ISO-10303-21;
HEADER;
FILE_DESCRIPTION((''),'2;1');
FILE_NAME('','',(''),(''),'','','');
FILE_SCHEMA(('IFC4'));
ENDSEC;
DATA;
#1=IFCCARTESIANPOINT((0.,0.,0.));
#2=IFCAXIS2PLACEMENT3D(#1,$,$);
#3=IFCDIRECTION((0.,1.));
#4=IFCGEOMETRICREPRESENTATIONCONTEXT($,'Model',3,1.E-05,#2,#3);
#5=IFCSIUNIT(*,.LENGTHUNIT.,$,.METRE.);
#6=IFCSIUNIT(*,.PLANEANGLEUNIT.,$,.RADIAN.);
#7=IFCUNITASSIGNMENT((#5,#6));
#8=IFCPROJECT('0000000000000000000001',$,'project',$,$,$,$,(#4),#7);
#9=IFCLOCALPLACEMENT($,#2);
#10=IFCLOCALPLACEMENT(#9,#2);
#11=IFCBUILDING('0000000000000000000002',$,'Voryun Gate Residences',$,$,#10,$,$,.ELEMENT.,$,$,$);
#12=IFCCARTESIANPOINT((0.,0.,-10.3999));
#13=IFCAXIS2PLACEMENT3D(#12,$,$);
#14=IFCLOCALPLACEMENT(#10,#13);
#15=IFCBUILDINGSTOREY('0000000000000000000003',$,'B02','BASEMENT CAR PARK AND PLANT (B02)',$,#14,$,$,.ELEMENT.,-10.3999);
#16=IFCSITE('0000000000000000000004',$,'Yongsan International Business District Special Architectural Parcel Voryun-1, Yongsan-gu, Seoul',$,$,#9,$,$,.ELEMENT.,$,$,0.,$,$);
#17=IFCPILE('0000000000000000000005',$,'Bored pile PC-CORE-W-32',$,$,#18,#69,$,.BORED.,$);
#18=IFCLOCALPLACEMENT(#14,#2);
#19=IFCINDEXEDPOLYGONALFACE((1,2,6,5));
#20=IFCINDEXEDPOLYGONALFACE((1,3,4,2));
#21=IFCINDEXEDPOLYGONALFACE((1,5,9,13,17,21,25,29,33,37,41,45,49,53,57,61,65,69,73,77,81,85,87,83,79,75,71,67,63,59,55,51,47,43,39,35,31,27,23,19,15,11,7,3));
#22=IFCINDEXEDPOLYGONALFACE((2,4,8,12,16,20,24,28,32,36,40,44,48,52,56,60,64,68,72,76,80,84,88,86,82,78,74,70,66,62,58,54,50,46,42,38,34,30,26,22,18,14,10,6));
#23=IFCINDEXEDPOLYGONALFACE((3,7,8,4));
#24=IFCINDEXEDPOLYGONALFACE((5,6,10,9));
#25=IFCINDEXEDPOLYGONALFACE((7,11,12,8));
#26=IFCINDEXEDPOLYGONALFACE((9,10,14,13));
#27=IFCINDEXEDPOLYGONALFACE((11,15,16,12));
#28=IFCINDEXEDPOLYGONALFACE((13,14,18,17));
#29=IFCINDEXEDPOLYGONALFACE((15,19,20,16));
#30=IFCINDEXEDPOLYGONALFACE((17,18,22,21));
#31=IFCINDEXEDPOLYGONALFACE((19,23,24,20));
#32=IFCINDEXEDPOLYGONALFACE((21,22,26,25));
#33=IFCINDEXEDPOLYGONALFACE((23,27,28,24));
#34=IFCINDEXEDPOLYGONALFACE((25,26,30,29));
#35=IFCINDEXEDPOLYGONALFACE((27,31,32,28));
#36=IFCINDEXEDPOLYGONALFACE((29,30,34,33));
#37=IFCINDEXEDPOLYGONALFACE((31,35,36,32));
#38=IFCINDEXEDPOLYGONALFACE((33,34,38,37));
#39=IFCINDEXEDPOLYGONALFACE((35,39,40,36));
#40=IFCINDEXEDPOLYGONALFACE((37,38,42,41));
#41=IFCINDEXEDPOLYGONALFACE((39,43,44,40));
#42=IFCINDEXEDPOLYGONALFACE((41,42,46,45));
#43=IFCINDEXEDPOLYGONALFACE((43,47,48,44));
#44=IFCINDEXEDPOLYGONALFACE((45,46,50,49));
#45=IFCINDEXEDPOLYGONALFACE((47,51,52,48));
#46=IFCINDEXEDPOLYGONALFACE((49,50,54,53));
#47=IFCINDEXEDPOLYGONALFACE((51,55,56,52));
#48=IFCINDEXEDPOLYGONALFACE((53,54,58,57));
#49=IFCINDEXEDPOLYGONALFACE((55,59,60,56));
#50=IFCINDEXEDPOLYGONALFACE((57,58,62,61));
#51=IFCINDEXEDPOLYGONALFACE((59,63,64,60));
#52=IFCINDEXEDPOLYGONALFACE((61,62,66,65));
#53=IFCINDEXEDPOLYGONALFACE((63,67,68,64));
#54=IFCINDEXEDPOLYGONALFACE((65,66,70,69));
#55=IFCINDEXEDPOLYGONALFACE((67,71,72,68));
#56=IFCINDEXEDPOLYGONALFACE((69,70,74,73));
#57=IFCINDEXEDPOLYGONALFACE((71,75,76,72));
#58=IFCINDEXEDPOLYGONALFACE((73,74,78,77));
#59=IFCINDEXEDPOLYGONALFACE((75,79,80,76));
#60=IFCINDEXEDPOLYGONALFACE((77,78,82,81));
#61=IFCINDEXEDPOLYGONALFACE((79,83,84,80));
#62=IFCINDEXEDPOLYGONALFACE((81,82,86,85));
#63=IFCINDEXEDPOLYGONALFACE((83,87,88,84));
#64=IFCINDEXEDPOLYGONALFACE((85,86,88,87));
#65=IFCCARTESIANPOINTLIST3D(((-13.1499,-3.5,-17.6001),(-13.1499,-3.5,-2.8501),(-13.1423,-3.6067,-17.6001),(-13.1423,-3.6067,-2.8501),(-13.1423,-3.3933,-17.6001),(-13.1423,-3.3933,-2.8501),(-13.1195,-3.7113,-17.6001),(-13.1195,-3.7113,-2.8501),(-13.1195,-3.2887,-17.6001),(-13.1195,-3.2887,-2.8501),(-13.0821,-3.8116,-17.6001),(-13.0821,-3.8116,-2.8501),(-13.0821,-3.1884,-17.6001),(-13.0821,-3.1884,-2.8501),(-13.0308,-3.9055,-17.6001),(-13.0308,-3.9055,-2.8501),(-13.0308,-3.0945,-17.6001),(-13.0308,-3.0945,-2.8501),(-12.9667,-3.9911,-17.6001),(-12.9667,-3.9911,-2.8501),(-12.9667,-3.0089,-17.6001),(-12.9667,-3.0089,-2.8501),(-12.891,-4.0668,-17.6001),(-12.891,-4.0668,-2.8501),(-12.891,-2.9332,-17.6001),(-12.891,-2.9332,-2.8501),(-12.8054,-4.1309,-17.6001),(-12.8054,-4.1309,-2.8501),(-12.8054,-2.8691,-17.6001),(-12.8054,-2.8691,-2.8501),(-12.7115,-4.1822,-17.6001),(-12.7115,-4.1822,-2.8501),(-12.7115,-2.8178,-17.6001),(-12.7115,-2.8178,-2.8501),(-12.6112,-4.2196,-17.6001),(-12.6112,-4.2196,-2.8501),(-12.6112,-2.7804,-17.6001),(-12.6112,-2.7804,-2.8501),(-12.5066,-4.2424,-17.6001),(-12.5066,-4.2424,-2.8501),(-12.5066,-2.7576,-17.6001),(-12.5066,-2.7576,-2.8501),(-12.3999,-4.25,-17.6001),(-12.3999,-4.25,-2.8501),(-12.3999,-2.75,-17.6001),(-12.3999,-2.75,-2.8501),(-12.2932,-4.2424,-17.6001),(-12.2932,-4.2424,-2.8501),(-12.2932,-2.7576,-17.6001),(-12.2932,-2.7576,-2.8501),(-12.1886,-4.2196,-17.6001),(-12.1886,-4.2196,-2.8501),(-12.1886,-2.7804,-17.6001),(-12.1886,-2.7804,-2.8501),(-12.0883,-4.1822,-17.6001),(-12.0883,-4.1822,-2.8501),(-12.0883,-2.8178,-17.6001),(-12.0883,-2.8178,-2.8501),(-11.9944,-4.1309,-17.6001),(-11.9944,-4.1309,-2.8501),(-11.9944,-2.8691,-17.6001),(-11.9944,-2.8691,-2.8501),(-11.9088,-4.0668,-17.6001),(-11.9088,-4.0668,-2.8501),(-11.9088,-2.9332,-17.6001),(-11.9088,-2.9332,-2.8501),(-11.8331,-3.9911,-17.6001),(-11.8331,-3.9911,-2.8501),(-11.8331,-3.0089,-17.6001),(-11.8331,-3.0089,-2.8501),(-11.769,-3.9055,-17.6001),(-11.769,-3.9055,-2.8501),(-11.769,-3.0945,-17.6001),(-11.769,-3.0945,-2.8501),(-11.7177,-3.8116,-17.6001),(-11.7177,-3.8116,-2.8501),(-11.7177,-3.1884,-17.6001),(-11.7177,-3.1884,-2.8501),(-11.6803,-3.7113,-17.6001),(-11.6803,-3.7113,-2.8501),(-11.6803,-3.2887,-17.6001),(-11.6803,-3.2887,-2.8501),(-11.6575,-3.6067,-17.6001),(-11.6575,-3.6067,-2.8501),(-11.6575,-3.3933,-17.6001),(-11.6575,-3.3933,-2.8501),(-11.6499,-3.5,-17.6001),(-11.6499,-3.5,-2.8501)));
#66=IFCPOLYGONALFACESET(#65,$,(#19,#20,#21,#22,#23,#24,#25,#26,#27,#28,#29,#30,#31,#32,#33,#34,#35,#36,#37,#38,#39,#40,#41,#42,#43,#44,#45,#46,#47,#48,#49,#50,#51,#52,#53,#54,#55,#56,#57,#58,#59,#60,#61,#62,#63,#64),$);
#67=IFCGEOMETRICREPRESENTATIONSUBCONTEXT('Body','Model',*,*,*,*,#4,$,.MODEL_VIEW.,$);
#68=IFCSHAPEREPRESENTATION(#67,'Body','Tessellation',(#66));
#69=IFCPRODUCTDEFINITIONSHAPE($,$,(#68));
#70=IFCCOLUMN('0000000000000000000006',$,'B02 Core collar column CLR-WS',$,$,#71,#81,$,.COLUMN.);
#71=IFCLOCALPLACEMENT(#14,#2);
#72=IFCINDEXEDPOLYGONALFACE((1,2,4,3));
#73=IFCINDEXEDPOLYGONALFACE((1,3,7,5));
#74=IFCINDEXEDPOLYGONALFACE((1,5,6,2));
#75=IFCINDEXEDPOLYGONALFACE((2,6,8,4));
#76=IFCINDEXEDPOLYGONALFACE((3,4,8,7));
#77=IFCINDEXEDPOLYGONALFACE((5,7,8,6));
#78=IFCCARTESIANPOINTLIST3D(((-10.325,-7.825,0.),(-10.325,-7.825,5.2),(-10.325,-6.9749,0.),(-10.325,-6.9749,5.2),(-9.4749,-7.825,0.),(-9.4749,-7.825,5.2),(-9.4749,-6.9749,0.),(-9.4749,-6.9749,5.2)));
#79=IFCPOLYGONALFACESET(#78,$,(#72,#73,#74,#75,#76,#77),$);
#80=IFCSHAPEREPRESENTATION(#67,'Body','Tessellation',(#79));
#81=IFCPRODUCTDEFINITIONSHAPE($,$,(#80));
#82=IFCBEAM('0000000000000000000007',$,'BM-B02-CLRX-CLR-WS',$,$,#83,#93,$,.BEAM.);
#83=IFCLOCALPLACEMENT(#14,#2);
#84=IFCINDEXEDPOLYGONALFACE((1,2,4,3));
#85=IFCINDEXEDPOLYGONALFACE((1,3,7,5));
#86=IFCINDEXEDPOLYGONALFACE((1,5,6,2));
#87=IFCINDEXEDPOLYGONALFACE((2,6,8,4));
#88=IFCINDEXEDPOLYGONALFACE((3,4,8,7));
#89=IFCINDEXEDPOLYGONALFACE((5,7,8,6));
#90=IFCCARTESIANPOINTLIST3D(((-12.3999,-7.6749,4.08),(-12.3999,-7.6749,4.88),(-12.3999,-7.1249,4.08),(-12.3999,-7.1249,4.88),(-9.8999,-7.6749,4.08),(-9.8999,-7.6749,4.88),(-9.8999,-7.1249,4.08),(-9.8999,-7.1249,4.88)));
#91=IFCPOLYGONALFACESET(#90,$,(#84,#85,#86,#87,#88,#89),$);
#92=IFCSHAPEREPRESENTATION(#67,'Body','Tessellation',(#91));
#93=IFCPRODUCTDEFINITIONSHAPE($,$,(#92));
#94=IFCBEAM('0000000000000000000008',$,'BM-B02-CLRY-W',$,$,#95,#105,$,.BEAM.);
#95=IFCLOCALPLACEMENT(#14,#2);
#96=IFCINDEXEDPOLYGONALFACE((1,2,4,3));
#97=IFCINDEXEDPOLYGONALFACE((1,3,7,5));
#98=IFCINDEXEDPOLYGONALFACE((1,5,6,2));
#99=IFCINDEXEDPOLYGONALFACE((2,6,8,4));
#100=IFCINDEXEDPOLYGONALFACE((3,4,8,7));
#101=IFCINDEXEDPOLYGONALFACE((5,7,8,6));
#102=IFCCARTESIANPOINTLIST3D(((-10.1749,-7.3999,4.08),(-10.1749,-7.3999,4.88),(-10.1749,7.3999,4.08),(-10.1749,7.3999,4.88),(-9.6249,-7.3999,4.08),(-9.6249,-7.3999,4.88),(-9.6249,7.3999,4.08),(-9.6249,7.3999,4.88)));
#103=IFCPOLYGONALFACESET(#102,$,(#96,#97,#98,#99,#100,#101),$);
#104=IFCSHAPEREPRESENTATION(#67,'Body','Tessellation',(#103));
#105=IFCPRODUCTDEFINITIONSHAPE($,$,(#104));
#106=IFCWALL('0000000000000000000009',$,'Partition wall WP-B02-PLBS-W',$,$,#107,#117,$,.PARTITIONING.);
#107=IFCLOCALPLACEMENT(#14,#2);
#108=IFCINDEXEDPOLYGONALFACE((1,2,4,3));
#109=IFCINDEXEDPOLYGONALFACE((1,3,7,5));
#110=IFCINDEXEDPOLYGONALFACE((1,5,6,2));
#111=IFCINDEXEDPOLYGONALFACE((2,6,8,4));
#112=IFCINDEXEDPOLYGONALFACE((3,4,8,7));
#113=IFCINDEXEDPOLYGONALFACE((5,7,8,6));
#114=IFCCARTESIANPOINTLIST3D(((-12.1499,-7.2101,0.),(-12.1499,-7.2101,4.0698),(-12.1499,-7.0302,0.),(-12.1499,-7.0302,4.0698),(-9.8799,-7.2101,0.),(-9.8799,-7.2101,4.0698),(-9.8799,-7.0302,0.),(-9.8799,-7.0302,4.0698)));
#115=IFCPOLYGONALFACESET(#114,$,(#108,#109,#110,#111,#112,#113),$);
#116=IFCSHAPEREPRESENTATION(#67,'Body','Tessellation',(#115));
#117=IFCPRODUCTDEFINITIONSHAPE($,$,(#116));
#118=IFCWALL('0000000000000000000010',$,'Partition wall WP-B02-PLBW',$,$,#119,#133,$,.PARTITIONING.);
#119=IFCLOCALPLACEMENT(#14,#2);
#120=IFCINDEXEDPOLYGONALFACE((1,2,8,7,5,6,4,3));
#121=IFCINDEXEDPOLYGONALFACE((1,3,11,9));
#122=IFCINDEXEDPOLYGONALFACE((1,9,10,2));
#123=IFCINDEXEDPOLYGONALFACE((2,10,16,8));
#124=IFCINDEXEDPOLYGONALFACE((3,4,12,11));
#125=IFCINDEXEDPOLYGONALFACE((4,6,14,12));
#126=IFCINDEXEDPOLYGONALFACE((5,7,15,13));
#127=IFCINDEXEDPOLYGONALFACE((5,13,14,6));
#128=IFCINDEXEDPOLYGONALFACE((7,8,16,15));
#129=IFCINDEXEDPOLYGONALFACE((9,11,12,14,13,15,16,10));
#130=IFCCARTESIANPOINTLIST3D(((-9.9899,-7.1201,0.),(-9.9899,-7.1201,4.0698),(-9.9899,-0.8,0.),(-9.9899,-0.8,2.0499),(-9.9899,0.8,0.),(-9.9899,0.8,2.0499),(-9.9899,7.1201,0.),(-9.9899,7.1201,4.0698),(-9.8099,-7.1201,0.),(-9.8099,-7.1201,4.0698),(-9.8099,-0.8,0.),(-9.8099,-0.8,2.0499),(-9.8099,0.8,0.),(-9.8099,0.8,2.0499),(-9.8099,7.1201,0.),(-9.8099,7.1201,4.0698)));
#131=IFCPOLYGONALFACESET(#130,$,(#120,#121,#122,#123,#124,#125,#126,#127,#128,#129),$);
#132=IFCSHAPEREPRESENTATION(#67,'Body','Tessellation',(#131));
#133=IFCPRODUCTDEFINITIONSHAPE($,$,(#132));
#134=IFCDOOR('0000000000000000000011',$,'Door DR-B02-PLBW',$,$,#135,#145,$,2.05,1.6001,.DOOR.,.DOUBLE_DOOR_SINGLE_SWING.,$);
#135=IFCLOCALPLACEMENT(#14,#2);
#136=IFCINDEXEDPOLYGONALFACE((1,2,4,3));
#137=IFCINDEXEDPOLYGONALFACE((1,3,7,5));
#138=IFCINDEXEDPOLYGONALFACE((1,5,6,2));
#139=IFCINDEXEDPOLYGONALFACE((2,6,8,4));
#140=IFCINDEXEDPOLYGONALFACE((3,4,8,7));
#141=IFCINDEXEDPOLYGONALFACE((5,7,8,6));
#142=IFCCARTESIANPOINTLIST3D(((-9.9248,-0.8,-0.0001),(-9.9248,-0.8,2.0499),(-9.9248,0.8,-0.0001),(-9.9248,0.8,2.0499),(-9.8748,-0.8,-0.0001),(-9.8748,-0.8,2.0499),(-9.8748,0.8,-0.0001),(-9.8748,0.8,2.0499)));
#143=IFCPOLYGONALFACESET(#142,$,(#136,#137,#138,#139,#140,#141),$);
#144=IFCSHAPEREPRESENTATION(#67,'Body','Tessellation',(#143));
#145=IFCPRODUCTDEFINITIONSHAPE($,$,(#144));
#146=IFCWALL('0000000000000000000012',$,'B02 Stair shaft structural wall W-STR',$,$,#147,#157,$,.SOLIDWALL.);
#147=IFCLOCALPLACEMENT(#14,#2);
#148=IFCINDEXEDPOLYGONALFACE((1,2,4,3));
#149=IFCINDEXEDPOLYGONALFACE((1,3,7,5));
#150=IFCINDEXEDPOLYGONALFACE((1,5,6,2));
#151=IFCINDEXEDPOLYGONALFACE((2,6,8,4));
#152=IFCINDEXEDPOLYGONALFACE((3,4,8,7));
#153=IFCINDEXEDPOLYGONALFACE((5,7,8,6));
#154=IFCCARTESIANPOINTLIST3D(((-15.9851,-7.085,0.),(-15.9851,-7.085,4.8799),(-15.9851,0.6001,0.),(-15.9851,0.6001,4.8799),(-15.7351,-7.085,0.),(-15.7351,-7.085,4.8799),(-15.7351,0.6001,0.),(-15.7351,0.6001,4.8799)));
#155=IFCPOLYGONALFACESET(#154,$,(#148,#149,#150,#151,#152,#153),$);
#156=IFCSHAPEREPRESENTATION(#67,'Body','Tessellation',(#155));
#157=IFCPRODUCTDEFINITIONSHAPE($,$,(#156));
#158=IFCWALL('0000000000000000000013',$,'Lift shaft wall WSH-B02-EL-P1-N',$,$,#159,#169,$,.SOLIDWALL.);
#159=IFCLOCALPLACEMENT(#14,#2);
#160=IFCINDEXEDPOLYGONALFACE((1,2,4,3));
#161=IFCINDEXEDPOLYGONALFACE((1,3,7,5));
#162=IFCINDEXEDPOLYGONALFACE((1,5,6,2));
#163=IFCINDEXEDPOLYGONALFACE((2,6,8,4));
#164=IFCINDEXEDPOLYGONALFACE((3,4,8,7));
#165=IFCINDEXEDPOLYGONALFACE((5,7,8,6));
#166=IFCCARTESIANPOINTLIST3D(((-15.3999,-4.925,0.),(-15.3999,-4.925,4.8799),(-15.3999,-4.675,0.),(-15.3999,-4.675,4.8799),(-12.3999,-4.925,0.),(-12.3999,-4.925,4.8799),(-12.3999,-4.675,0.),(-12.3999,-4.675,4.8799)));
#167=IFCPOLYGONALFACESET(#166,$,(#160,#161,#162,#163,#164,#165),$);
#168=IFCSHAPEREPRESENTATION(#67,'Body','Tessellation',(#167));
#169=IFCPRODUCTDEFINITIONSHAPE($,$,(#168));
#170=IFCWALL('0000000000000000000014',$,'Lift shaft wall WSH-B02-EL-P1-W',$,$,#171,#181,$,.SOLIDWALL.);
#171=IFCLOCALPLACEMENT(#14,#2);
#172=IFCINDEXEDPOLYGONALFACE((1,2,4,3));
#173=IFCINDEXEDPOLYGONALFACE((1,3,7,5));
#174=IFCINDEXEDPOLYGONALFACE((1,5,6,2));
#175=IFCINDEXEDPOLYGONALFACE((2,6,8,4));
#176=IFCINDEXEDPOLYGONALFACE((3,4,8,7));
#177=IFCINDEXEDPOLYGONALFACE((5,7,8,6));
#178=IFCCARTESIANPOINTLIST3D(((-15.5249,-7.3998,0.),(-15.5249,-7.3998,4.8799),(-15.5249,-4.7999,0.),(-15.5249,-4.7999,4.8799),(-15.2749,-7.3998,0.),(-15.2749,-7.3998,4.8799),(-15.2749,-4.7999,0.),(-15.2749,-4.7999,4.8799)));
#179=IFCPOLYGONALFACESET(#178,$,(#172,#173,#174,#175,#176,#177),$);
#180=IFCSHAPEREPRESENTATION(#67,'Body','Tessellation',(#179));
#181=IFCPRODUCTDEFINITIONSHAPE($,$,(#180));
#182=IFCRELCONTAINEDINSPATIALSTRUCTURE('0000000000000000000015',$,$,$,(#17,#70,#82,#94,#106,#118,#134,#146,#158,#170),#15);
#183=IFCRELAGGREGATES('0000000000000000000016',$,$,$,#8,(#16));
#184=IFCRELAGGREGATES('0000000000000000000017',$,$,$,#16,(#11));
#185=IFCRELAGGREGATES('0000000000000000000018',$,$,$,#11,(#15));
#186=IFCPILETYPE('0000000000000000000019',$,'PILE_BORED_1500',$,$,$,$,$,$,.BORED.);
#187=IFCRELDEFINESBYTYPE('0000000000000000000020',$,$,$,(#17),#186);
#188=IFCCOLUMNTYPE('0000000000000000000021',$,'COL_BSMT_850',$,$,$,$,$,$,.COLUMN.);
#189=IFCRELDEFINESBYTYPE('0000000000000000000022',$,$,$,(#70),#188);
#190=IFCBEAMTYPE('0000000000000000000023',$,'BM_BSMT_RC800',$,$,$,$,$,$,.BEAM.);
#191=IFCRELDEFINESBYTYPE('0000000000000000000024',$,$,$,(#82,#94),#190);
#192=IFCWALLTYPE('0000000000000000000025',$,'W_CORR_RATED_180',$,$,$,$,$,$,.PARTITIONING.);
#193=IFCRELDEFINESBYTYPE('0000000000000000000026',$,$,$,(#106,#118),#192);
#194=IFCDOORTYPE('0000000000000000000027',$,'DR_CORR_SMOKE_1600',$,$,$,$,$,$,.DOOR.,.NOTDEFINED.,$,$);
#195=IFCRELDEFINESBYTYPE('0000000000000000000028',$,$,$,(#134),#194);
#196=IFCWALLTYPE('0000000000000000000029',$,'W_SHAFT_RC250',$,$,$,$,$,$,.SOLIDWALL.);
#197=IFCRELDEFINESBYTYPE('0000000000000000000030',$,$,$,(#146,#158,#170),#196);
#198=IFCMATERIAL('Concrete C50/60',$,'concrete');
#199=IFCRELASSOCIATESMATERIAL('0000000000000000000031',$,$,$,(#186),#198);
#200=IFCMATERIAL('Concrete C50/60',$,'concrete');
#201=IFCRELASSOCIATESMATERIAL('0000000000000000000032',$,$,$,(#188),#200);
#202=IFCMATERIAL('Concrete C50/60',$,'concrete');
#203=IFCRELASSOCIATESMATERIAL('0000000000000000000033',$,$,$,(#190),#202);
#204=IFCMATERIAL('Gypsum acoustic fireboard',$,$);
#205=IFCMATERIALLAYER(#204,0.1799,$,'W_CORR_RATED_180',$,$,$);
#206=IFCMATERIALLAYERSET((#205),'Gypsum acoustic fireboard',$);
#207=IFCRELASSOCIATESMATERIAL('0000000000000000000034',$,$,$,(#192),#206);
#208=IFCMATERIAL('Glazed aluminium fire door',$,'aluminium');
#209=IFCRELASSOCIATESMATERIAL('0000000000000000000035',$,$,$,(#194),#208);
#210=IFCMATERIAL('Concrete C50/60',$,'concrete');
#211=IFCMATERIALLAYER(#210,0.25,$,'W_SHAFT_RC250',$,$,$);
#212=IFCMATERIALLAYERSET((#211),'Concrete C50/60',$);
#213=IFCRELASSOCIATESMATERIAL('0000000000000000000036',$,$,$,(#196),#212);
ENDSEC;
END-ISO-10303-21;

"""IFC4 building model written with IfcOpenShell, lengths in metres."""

from ifc_helpers import new_model, si_unit, direction, frame, frame_2d, origin, origin_2d, place, context, subcontext, project, spatial, rectangle, circle, extrude, material, layer, layer_set, material_profile, profile_set, type_object, element, fill, save


model = new_model("IFC4")

# Units and contexts
model_context = context("Model", 3, precision=1e-05, world=origin(), true_north=direction((0.0, 1.0)))
body_context = subcontext(model_context, "Body", "Model", "MODEL_VIEW")
ifc_project = project(units=[si_unit("LENGTHUNIT", "METRE"), si_unit("PLANEANGLEUNIT", "RADIAN")], contexts=[model_context])

# Site, building, storey
site_placement = place(None, origin())
site = spatial("IfcSite", under=ifc_project, at=site_placement, Name="Yongsan International Business District Special Architectural Parcel Voryun-1, Yongsan-gu, Seoul", CompositionType="ELEMENT", RefElevation=0.0)
building_placement = place(site_placement, origin())
building = spatial("IfcBuilding", under=site, at=building_placement, Name="Voryun Gate Residences", CompositionType="ELEMENT")
storey_placement = place(building_placement, frame((0.0, 0.0, -10.3999)))
storey = spatial("IfcBuildingStorey", under=building, at=storey_placement, Name="B02", Description="BASEMENT CAR PARK AND PLANT (B02)", CompositionType="ELEMENT", Elevation=-10.3999)

# Pile
ifc_material_1 = material(Name="Concrete C50/60", Category="concrete")
ifc_material_profile_1 = material_profile(ifc_material_1, circle(Radius=0.75, at=origin_2d()), Name="PILE-D1500")
ifc_profile_set_1 = profile_set([ifc_material_profile_1], Name="Concrete C50/60")
pile_type = type_object("IfcPileType", Name="PILE_BORED_1500", PredefinedType="BORED", material=ifc_profile_set_1)
for number, where, z_axis, x_axis, name in (
    (1, (-12.3999, -3.5, -2.8501), (0.0, 0.0, -1.0), (1.0, 0.0, 0.0), "Bored pile PC-CORE-W-32"),
):
    element("IfcPile", number, at=place(storey_placement, frame(where, z_axis=z_axis, x_axis=x_axis)), inside=storey, type_object=pile_type, Name=name, PredefinedType="BORED", context=body_context, shape_type="SweptSolid", body=[
        extrude(circle(Radius=0.75, at=origin_2d()), origin(), (0.0, 0.0, 1.0), 14.75),
    ])

# Column
ifc_material_2 = material(Name="Concrete C50/60", Category="concrete")
ifc_material_profile_2 = material_profile(ifc_material_2, rectangle(XDim=0.8501, YDim=0.8501, at=origin_2d()), Name="RC-850x850")
ifc_profile_set_2 = profile_set([ifc_material_profile_2], Name="Concrete C50/60")
column_type = type_object("IfcColumnType", Name="COL_BSMT_850", PredefinedType="COLUMN", material=ifc_profile_set_2)
column_placement = place(storey_placement, frame((-9.8999, -7.3999, 0.0), z_axis=(0.0, 0.0, 1.0), x_axis=(1.0, 0.0, 0.0)))
element("IfcColumn", 2, at=column_placement, inside=storey, type_object=column_type, Name="B02 Core collar column CLR-WS", PredefinedType="COLUMN", context=body_context, shape_type="SweptSolid", body=[
    extrude(rectangle(XDim=0.8501, YDim=0.8501, at=origin_2d()), origin(), (0.0, 0.0, 1.0), 5.2),
])

# Beams
ifc_material_3 = material(Name="Concrete C50/60", Category="concrete")
ifc_material_profile_3 = material_profile(ifc_material_3, rectangle(XDim=0.55, YDim=0.8, at=origin_2d()), Name="RC-550x800")
ifc_profile_set_3 = profile_set([ifc_material_profile_3], Name="Concrete C50/60")
beam_type = type_object("IfcBeamType", Name="BM_BSMT_RC800", PredefinedType="BEAM", material=ifc_profile_set_3)
beam_1_placement = place(storey_placement, frame((-12.3999, -7.3999, 4.48), z_axis=(1.0, 0.0, 0.0), x_axis=(0.0, 1.0, 0.0)))
element("IfcBeam", 3, at=beam_1_placement, inside=storey, type_object=beam_type, Name="BM-B02-CLRX-CLR-WS", PredefinedType="BEAM", context=body_context, shape_type="SweptSolid", body=[
    extrude(rectangle(XDim=0.55, YDim=0.8, at=origin_2d()), origin(), (0.0, 0.0, 1.0), 2.5),
])
beam_2_placement = place(storey_placement, frame((-9.8999, -7.3999, 4.48), z_axis=(0.0, 1.0, 0.0), x_axis=(-1.0, 0.0, 0.0)))
element("IfcBeam", 4, at=beam_2_placement, inside=storey, type_object=beam_type, Name="BM-B02-CLRY-W", PredefinedType="BEAM", context=body_context, shape_type="SweptSolid", body=[
    extrude(rectangle(XDim=0.55, YDim=0.8, at=origin_2d()), origin(), (0.0, 0.0, 1.0), 14.7998),
])

# Wall
ifc_material_4 = material(Name="Gypsum acoustic fireboard")
ifc_layer_1 = layer(ifc_material_4, 0.1799, Name="W_CORR_RATED_180")
ifc_layer_set_1 = layer_set([ifc_layer_1], Name="Gypsum acoustic fireboard")
wall_type_1 = type_object("IfcWallType", Name="W_CORR_RATED_180", PredefinedType="PARTITIONING", material=ifc_layer_set_1)
wall_1_placement = place(storey_placement, frame((-12.1499, -7.1201, 0.0), z_axis=(0.0, 0.0, 1.0), x_axis=(1.0, 0.0, 0.0)))
element("IfcWall", 5, at=wall_1_placement, inside=storey, type_object=wall_type_1, Name="Partition wall WP-B02-PLBS-W", PredefinedType="PARTITIONING", context=body_context, shape_type="SweptSolid", body=[
    extrude(rectangle(XDim=2.27, YDim=0.1799, at=frame_2d((1.135, 0.0))), origin(), (0.0, 0.0, 1.0), 4.0698),
])

# Wall, opening, door
wall_2_placement = place(storey_placement, frame((-9.8999, -7.1201, 0.0), z_axis=(0.0, 0.0, 1.0), x_axis=(0.0, 1.0, 0.0)))
wall_2 = element("IfcWall", 6, at=wall_2_placement, inside=storey, type_object=wall_type_1, Name="Partition wall WP-B02-PLBW", PredefinedType="PARTITIONING", context=body_context, shape_type="SweptSolid", body=[
    extrude(rectangle(XDim=14.2402, YDim=0.1799, at=frame_2d((7.1201, 0.0))), origin(), (0.0, 0.0, 1.0), 4.0698),
])
opening_placement = place(wall_2_placement, frame((6.3201, 0.0, 0.0)))
opening = element("IfcOpeningElement", 7, at=opening_placement, cuts=wall_2, PredefinedType="OPENING", context=body_context, shape_type="SweptSolid", body=[
    extrude(rectangle(XDim=1.6001, YDim=2.05, at=frame_2d((0.8, 1.0249))), frame((0.0, 0.0999, 0.0), z_axis=(0.0, -1.0, 0.0), x_axis=(1.0, 0.0, 0.0)), (0.0, 0.0, 1.0), 0.2),
])
ifc_material_5 = material(Name="Glazed aluminium fire door", Category="aluminium")
door_type = type_object("IfcDoorType", Name="DR_CORR_SMOKE_1600", OperationType="NOTDEFINED", PredefinedType="DOOR", material=ifc_material_5)
door_placement = place(opening_placement, origin())
door = element("IfcDoor", 8, at=door_placement, inside=storey, type_object=door_type, Name="Door DR-B02-PLBW", OperationType="DOUBLE_DOOR_SINGLE_SWING", OverallHeight=2.05, OverallWidth=1.6001, PredefinedType="DOOR", context=body_context, shape_type="SweptSolid", body=[
    extrude(rectangle(XDim=1.6001, YDim=2.05, at=frame_2d((0.8, 1.0249))), frame((0.0, 0.0249, 0.0), z_axis=(0.0, -1.0, 0.0), x_axis=(1.0, 0.0, 0.0)), (0.0, 0.0, 1.0), 0.05),
])
fill(opening, door)

# Walls
ifc_material_6 = material(Name="Concrete C50/60", Category="concrete")
ifc_layer_2 = layer(ifc_material_6, 0.25, Name="W_SHAFT_RC250")
ifc_layer_set_2 = layer_set([ifc_layer_2], Name="Concrete C50/60")
wall_type_2 = type_object("IfcWallType", Name="W_SHAFT_RC250", PredefinedType="SOLIDWALL", material=ifc_layer_set_2)
wall_3_placement = place(storey_placement, frame((-15.8601, -7.085, 0.0), z_axis=(0.0, 0.0, 1.0), x_axis=(0.0, 1.0, 0.0)))
element("IfcWall", 9, at=wall_3_placement, inside=storey, type_object=wall_type_2, Name="B02 Stair shaft structural wall W-STR", PredefinedType="SOLIDWALL", context=body_context, shape_type="SweptSolid", body=[
    extrude(rectangle(XDim=7.6851, YDim=0.25, at=frame_2d((3.8425, 0.0))), origin(), (0.0, 0.0, 1.0), 4.8799),
])
wall_4_placement = place(storey_placement, frame((-12.3999, -4.8, 0.0), z_axis=(0.0, 0.0, 1.0), x_axis=(-1.0, 0.0, 0.0)))
element("IfcWall", 10, at=wall_4_placement, inside=storey, type_object=wall_type_2, Name="Lift shaft wall WSH-B02-EL-P1-N", PredefinedType="SOLIDWALL", context=body_context, shape_type="SweptSolid", body=[
    extrude(rectangle(XDim=3.0, YDim=0.25, at=frame_2d((1.5, 0.0))), origin(), (0.0, 0.0, 1.0), 4.8799),
])
wall_5_placement = place(storey_placement, frame((-15.3999, -4.8, 0.0), z_axis=(0.0, 0.0, 1.0), x_axis=(0.0, -1.0, 0.0)))
element("IfcWall", 11, at=wall_5_placement, inside=storey, type_object=wall_type_2, Name="Lift shaft wall WSH-B02-EL-P1-W", PredefinedType="SOLIDWALL", context=body_context, shape_type="SweptSolid", body=[
    extrude(rectangle(XDim=2.5999, YDim=0.25, at=frame_2d((1.2998, 0.0))), origin(), (0.0, 0.0, 1.0), 4.8799),
])

save(model, "model.ifc")
